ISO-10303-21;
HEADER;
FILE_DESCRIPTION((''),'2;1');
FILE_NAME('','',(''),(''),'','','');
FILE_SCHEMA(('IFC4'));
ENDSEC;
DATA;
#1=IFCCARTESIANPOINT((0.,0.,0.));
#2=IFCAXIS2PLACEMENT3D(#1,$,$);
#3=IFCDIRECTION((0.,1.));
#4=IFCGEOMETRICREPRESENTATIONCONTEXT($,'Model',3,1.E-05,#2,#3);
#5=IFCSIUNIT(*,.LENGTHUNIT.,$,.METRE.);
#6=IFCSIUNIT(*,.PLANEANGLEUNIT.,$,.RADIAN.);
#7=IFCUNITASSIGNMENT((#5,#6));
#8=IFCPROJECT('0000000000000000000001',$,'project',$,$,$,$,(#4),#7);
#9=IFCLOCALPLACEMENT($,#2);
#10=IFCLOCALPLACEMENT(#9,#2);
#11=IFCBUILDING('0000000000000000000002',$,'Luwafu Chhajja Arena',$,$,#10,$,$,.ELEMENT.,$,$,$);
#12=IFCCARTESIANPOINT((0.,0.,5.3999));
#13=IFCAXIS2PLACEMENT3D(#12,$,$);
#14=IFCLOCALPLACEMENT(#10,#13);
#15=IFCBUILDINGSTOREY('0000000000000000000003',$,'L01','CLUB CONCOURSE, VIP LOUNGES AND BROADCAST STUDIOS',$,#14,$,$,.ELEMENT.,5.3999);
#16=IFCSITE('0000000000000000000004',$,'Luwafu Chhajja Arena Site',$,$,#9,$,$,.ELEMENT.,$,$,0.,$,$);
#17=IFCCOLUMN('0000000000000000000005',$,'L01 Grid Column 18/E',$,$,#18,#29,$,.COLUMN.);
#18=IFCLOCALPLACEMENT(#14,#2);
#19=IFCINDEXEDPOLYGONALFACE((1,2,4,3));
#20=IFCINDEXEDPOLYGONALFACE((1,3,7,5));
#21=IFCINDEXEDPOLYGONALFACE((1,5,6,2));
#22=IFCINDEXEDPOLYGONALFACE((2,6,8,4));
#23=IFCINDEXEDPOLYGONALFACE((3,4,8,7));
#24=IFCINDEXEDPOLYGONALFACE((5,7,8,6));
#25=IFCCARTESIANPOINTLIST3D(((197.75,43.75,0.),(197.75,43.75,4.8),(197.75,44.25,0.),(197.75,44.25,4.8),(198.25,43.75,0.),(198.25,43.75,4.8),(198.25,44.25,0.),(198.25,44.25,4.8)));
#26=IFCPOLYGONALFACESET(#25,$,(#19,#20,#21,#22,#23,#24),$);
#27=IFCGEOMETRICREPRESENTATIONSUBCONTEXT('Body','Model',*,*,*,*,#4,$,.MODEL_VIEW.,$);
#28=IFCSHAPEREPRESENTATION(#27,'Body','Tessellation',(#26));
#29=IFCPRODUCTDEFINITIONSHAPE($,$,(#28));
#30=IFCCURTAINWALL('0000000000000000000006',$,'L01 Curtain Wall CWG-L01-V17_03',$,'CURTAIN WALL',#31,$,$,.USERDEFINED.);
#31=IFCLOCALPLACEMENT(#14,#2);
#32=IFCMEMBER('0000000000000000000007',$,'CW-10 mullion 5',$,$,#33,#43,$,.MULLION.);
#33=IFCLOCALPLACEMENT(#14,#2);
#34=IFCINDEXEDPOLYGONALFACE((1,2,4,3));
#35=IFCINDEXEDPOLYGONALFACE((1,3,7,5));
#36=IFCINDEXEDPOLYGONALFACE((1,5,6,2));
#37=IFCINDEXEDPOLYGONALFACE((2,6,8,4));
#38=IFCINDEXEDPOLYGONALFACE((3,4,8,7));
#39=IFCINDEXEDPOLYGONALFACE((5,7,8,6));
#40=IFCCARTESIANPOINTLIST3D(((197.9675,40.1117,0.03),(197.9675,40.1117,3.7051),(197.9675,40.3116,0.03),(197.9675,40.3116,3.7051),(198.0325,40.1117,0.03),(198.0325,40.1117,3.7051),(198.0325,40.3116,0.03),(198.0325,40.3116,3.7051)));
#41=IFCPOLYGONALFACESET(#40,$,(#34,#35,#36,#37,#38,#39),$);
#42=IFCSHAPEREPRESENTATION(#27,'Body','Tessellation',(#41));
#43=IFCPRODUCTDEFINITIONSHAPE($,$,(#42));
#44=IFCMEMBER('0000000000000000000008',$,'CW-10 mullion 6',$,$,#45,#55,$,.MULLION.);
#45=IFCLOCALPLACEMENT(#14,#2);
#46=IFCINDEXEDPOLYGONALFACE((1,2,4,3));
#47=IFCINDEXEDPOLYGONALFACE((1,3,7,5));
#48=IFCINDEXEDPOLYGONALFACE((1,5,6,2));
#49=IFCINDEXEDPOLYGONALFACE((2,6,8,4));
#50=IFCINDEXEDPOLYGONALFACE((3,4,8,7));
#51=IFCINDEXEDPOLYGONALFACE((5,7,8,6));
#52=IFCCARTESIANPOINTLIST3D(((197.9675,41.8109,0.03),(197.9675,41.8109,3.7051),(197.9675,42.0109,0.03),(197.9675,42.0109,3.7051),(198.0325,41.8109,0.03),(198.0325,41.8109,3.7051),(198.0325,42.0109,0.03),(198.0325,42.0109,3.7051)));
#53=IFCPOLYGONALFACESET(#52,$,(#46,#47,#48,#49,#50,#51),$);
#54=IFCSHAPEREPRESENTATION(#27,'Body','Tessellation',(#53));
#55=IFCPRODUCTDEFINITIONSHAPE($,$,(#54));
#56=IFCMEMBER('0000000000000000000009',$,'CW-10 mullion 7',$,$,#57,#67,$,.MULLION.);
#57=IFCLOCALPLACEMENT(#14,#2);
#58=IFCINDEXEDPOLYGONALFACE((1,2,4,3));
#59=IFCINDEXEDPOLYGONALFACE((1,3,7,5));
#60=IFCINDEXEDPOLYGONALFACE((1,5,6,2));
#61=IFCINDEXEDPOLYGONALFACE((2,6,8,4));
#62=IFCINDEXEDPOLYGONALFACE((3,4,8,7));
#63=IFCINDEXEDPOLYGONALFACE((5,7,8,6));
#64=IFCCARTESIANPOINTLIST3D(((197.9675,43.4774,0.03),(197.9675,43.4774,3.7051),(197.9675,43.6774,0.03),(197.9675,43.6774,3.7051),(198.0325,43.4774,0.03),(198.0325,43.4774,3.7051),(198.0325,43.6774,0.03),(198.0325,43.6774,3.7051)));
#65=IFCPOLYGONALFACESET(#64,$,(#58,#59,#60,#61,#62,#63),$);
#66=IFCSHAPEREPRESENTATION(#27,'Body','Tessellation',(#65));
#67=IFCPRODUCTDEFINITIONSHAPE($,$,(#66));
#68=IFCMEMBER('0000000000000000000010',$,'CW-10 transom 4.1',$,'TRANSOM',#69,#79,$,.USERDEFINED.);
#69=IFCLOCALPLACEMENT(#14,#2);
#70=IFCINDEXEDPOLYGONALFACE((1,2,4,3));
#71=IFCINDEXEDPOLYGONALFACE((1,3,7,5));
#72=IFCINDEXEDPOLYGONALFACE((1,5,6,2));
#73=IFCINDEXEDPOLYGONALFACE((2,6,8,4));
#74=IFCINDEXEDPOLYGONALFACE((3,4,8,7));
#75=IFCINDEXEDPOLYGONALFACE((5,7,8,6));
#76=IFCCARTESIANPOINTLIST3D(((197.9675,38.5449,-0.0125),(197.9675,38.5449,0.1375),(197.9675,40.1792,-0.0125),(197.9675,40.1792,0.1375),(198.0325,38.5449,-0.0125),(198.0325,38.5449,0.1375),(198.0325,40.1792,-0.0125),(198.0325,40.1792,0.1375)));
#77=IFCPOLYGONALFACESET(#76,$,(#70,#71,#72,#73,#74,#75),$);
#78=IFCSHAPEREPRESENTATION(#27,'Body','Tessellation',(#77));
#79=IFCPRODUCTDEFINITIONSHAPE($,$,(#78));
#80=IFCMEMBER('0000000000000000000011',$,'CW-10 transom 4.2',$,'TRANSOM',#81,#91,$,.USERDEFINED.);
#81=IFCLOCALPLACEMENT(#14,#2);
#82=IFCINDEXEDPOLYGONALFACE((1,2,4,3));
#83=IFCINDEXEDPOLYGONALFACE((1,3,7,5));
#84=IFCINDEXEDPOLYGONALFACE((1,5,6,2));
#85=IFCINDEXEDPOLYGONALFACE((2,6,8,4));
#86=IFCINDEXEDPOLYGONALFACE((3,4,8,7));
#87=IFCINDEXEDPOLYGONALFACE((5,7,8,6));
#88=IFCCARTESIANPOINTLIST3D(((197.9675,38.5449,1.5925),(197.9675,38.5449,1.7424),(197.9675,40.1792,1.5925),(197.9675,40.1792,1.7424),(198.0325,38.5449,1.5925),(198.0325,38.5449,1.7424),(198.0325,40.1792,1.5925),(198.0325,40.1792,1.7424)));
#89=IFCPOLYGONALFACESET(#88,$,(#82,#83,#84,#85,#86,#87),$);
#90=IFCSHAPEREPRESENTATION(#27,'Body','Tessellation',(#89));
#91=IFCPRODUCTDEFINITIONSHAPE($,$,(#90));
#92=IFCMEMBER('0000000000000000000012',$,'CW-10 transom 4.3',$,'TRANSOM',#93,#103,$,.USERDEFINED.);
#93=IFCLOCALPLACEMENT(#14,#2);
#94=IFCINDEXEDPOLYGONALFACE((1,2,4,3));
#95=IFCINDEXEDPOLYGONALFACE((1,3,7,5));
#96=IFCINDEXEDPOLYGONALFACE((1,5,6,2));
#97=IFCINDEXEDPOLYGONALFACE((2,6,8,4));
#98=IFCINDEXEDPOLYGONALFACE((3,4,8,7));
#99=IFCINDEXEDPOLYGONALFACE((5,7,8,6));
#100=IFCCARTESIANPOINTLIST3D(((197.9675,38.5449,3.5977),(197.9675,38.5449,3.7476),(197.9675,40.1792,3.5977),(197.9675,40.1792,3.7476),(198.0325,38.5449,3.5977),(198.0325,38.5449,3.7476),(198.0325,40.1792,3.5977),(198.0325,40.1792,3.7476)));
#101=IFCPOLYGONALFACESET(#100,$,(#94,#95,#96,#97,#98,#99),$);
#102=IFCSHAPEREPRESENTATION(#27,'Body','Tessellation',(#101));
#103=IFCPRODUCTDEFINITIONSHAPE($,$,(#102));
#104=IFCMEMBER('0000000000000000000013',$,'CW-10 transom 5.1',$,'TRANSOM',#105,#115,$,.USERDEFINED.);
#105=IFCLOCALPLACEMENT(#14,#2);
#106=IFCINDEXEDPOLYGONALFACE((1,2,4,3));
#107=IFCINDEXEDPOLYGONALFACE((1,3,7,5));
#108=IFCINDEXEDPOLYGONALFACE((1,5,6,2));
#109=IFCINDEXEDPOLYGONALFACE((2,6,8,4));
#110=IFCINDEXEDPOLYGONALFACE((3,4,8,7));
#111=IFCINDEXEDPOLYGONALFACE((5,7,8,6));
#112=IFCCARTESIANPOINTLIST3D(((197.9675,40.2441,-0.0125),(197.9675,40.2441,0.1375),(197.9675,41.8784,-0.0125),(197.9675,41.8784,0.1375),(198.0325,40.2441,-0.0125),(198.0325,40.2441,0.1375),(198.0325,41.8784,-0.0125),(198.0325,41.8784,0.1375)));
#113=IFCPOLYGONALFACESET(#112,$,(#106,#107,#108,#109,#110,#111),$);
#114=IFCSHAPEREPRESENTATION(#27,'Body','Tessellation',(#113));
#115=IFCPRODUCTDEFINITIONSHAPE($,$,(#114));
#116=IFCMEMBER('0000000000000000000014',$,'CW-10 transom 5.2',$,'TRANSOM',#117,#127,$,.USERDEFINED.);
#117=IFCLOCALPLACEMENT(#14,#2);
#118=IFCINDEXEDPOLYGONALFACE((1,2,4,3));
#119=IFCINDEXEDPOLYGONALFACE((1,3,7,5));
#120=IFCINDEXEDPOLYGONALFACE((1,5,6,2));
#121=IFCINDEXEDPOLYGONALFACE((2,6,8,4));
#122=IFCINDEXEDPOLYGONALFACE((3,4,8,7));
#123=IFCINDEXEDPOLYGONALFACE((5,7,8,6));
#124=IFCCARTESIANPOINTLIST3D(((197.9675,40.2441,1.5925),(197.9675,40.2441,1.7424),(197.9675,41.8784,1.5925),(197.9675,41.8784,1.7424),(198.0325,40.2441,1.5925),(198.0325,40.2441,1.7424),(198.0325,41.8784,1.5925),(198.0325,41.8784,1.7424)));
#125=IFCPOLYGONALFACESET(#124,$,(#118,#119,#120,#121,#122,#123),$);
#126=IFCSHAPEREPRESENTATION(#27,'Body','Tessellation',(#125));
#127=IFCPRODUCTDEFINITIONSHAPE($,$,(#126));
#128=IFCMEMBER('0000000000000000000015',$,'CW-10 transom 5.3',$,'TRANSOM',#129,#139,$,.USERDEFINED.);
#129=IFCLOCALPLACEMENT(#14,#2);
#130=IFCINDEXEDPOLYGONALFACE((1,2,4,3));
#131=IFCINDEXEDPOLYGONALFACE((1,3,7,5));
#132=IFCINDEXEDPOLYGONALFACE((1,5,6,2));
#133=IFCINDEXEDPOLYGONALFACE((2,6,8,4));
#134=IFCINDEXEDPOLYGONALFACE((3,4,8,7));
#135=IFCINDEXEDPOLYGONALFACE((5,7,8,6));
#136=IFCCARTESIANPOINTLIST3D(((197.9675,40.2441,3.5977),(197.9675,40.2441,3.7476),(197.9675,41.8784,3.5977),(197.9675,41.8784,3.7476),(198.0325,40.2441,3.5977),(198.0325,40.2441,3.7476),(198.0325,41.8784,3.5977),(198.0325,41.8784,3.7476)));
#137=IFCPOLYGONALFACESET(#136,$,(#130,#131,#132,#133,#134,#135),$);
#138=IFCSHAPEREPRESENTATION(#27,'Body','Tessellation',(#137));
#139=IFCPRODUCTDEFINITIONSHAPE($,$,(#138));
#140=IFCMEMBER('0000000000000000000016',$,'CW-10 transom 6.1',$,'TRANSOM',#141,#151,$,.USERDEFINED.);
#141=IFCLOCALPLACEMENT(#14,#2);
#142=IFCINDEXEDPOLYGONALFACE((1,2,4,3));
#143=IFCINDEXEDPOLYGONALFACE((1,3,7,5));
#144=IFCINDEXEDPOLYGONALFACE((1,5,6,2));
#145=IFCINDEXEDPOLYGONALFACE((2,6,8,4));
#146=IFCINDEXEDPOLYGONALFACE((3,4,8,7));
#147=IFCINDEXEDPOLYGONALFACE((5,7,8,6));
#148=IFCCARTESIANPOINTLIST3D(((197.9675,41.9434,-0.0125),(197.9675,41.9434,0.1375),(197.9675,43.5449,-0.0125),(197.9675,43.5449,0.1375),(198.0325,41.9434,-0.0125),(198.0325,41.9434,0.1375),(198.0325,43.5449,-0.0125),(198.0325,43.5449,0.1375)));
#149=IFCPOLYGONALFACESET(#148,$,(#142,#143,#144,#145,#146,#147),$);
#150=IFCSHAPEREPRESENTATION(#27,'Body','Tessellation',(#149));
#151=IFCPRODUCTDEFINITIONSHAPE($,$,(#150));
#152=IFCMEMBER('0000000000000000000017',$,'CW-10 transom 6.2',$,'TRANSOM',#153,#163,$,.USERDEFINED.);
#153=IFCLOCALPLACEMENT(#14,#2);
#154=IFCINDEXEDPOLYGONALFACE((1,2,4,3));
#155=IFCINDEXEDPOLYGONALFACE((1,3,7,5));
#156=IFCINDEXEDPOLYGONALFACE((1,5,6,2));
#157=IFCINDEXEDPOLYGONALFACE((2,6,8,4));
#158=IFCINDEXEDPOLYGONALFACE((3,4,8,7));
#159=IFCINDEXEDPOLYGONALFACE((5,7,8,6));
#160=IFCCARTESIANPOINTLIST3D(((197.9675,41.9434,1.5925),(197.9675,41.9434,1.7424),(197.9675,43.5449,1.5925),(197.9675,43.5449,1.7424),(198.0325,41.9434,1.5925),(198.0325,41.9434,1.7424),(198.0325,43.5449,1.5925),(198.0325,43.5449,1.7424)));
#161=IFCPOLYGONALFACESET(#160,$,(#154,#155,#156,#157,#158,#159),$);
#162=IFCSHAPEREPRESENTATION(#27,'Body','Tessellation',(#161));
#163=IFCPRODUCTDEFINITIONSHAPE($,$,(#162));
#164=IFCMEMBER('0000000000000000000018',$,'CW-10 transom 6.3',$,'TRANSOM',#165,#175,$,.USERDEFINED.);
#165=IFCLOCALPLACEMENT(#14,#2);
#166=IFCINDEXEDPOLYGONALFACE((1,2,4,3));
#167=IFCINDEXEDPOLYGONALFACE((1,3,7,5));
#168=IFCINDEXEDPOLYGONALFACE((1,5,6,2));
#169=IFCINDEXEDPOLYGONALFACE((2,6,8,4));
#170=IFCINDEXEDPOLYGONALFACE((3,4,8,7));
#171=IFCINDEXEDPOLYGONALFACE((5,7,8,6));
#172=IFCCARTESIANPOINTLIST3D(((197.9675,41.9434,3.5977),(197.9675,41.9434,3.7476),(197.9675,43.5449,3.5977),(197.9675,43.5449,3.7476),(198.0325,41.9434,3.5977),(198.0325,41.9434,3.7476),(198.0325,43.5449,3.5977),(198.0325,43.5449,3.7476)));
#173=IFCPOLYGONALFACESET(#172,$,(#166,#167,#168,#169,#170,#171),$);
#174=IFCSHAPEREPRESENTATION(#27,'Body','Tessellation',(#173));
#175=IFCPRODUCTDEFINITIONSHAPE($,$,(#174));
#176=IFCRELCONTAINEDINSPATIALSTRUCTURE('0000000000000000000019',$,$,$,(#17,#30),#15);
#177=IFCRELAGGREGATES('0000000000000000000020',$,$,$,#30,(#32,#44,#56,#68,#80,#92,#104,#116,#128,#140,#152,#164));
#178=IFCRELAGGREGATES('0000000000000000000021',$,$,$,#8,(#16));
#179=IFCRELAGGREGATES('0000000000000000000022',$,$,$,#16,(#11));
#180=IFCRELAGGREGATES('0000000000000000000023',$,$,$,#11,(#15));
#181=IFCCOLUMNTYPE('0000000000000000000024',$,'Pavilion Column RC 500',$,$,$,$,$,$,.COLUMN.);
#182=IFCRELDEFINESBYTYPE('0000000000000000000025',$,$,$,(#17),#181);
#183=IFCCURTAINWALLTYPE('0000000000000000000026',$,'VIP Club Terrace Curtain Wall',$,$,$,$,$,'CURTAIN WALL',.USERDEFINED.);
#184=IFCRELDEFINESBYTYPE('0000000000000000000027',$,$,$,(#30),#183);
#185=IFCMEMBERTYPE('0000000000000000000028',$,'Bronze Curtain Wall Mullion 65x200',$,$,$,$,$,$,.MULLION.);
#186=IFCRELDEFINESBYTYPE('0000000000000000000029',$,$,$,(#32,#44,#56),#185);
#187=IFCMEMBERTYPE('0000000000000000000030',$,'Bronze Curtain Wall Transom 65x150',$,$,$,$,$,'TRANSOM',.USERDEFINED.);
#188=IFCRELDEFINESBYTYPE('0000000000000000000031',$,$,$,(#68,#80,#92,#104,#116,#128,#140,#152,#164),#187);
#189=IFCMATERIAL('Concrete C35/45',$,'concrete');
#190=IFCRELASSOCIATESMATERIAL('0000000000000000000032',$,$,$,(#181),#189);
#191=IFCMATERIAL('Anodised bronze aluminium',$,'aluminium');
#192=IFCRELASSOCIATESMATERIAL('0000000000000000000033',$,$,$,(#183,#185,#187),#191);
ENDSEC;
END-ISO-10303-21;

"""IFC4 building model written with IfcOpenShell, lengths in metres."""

from ifc_helpers import new_model, si_unit, direction, frame, origin, origin_2d, place, context, subcontext, project, spatial, rectangle, extrude, material, material_profile, profile_set, type_object, element, aggregate, save


model = new_model("IFC4")

# Units and contexts
model_context = context("Model", 3, precision=1e-05, world=origin(), true_north=direction((0.0, 1.0)))
body_context = subcontext(model_context, "Body", "Model", "MODEL_VIEW")
ifc_project = project(units=[si_unit("LENGTHUNIT", "METRE"), si_unit("PLANEANGLEUNIT", "RADIAN")], contexts=[model_context])

# Site, building, storey
site_placement = place(None, origin())
site = spatial("IfcSite", under=ifc_project, at=site_placement, Name="Luwafu Chhajja Arena Site", CompositionType="ELEMENT", RefElevation=0.0)
building_placement = place(site_placement, origin())
building = spatial("IfcBuilding", under=site, at=building_placement, Name="Luwafu Chhajja Arena", CompositionType="ELEMENT")
storey_placement = place(building_placement, frame((0.0, 0.0, 5.3999)))
storey = spatial("IfcBuildingStorey", under=building, at=storey_placement, Name="L01", Description="CLUB CONCOURSE, VIP LOUNGES AND BROADCAST STUDIOS", CompositionType="ELEMENT", Elevation=5.3999)

# Column
ifc_material_1 = material(Name="Concrete C35/45", Category="concrete")
ifc_material_profile_1 = material_profile(ifc_material_1, rectangle(XDim=0.5, YDim=0.5, at=origin_2d()), Name="RC 500x500")
ifc_profile_set_1 = profile_set([ifc_material_profile_1], Name="Concrete C35/45")
column_type = type_object("IfcColumnType", Name="Pavilion Column RC 500", PredefinedType="COLUMN", material=ifc_profile_set_1)
column_placement = place(storey_placement, frame((198.0, 44.0, 0.0), z_axis=(0.0, 0.0, 1.0), x_axis=(1.0, 0.0, 0.0)))
element("IfcColumn", 1, at=column_placement, inside=storey, type_object=column_type, Name="L01 Grid Column 18/E", PredefinedType="COLUMN", context=body_context, shape_type="SweptSolid", body=[
    extrude(rectangle(XDim=0.5, YDim=0.5, at=origin_2d()), origin(), (0.0, 0.0, 1.0), 4.8),
])

# Curtain wall, members
ifc_material_2 = material(Name="Anodised bronze aluminium", Category="aluminium")
curtain_wall_type = type_object("IfcCurtainWallType", Name="VIP Club Terrace Curtain Wall", ElementType="CURTAIN WALL", PredefinedType="USERDEFINED", material=ifc_material_2)
curtain_wall_placement = place(storey_placement, origin())
curtain_wall = element("IfcCurtainWall", 2, at=curtain_wall_placement, inside=storey, type_object=curtain_wall_type, Name="L01 Curtain Wall CWG-L01-V17_03", ObjectType="CURTAIN WALL", PredefinedType="USERDEFINED")
ifc_material_profile_2 = material_profile(ifc_material_2, rectangle(XDim=0.0649, YDim=0.2, at=origin_2d()), Name="CWM 65x200")
ifc_profile_set_2 = profile_set([ifc_material_profile_2], Name="Anodised bronze aluminium")
member_type_1 = type_object("IfcMemberType", Name="Bronze Curtain Wall Mullion 65x200", PredefinedType="MULLION", material=ifc_profile_set_2)
member_1_placement = place(storey_placement, frame((198.0, 40.2117, 0.03), z_axis=(0.0, 0.0, 1.0), x_axis=(-1.0, 0.0, 0.0)))
member_1 = element("IfcMember", 3, at=member_1_placement, type_object=member_type_1, Name="CW-10 mullion 5", PredefinedType="MULLION", context=body_context, shape_type="SweptSolid", body=[
    extrude(rectangle(XDim=0.0649, YDim=0.2, at=origin_2d()), origin(), (0.0, 0.0, 1.0), 3.675),
])
member_2_placement = place(storey_placement, frame((198.0, 41.9109, 0.03), z_axis=(0.0, 0.0, 1.0), x_axis=(-1.0, 0.0, 0.0)))
member_2 = element("IfcMember", 4, at=member_2_placement, type_object=member_type_1, Name="CW-10 mullion 6", PredefinedType="MULLION", context=body_context, shape_type="SweptSolid", body=[
    extrude(rectangle(XDim=0.0649, YDim=0.2, at=origin_2d()), origin(), (0.0, 0.0, 1.0), 3.675),
])
member_3_placement = place(storey_placement, frame((198.0, 43.5774, 0.03), z_axis=(0.0, 0.0, 1.0), x_axis=(-1.0, 0.0, 0.0)))
member_3 = element("IfcMember", 5, at=member_3_placement, type_object=member_type_1, Name="CW-10 mullion 7", PredefinedType="MULLION", context=body_context, shape_type="SweptSolid", body=[
    extrude(rectangle(XDim=0.0649, YDim=0.2, at=origin_2d()), origin(), (0.0, 0.0, 1.0), 3.675),
])
ifc_material_profile_3 = material_profile(ifc_material_2, rectangle(XDim=0.0649, YDim=0.1499, at=origin_2d()), Name="CWT 65x150")
ifc_profile_set_3 = profile_set([ifc_material_profile_3], Name="Anodised bronze aluminium")
member_type_2 = type_object("IfcMemberType", Name="Bronze Curtain Wall Transom 65x150", ElementType="TRANSOM", PredefinedType="USERDEFINED", material=ifc_profile_set_3)
member_4_placement = place(storey_placement, frame((198.0, 38.5449, 0.0625), z_axis=(0.0, 1.0, 0.0), x_axis=(-1.0, 0.0, 0.0)))
member_4 = element("IfcMember", 6, at=member_4_placement, type_object=member_type_2, Name="CW-10 transom 4.1", ObjectType="TRANSOM", PredefinedType="USERDEFINED", context=body_context, shape_type="SweptSolid", body=[
    extrude(rectangle(XDim=0.0649, YDim=0.1499, at=origin_2d()), origin(), (0.0, 0.0, 1.0), 1.6343),
])
member_5_placement = place(storey_placement, frame((198.0, 38.5449, 1.6675), z_axis=(0.0, 1.0, 0.0), x_axis=(-1.0, 0.0, 0.0)))
member_5 = element("IfcMember", 7, at=member_5_placement, type_object=member_type_2, Name="CW-10 transom 4.2", ObjectType="TRANSOM", PredefinedType="USERDEFINED", context=body_context, shape_type="SweptSolid", body=[
    extrude(rectangle(XDim=0.0649, YDim=0.1499, at=origin_2d()), origin(), (0.0, 0.0, 1.0), 1.6343),
])
member_6_placement = place(storey_placement, frame((198.0, 38.5449, 3.6726), z_axis=(0.0, 1.0, 0.0), x_axis=(-1.0, 0.0, 0.0)))
member_6 = element("IfcMember", 8, at=member_6_placement, type_object=member_type_2, Name="CW-10 transom 4.3", ObjectType="TRANSOM", PredefinedType="USERDEFINED", context=body_context, shape_type="SweptSolid", body=[
    extrude(rectangle(XDim=0.0649, YDim=0.1499, at=origin_2d()), origin(), (0.0, 0.0, 1.0), 1.6343),
])
member_7_placement = place(storey_placement, frame((198.0, 40.2441, 0.0625), z_axis=(0.0, 1.0, 0.0), x_axis=(-1.0, 0.0, 0.0)))
member_7 = element("IfcMember", 9, at=member_7_placement, type_object=member_type_2, Name="CW-10 transom 5.1", ObjectType="TRANSOM", PredefinedType="USERDEFINED", context=body_context, shape_type="SweptSolid", body=[
    extrude(rectangle(XDim=0.0649, YDim=0.1499, at=origin_2d()), origin(), (0.0, 0.0, 1.0), 1.6343),
])
member_8_placement = place(storey_placement, frame((198.0, 40.2441, 1.6675), z_axis=(0.0, 1.0, 0.0), x_axis=(-1.0, 0.0, 0.0)))
member_8 = element("IfcMember", 10, at=member_8_placement, type_object=member_type_2, Name="CW-10 transom 5.2", ObjectType="TRANSOM", PredefinedType="USERDEFINED", context=body_context, shape_type="SweptSolid", body=[
    extrude(rectangle(XDim=0.0649, YDim=0.1499, at=origin_2d()), origin(), (0.0, 0.0, 1.0), 1.6343),
])
member_9_placement = place(storey_placement, frame((198.0, 40.2441, 3.6726), z_axis=(0.0, 1.0, 0.0), x_axis=(-1.0, 0.0, 0.0)))
member_9 = element("IfcMember", 11, at=member_9_placement, type_object=member_type_2, Name="CW-10 transom 5.3", ObjectType="TRANSOM", PredefinedType="USERDEFINED", context=body_context, shape_type="SweptSolid", body=[
    extrude(rectangle(XDim=0.0649, YDim=0.1499, at=origin_2d()), origin(), (0.0, 0.0, 1.0), 1.6343),
])
member_10_placement = place(storey_placement, frame((198.0, 41.9434, 0.0625), z_axis=(0.0, 1.0, 0.0), x_axis=(-1.0, 0.0, 0.0)))
member_10 = element("IfcMember", 12, at=member_10_placement, type_object=member_type_2, Name="CW-10 transom 6.1", ObjectType="TRANSOM", PredefinedType="USERDEFINED", context=body_context, shape_type="SweptSolid", body=[
    extrude(rectangle(XDim=0.0649, YDim=0.1499, at=origin_2d()), origin(), (0.0, 0.0, 1.0), 1.6016),
])
member_11_placement = place(storey_placement, frame((198.0, 41.9434, 1.6675), z_axis=(0.0, 1.0, 0.0), x_axis=(-1.0, 0.0, 0.0)))
member_11 = element("IfcMember", 13, at=member_11_placement, type_object=member_type_2, Name="CW-10 transom 6.2", ObjectType="TRANSOM", PredefinedType="USERDEFINED", context=body_context, shape_type="SweptSolid", body=[
    extrude(rectangle(XDim=0.0649, YDim=0.1499, at=origin_2d()), origin(), (0.0, 0.0, 1.0), 1.6016),
])
member_12_placement = place(storey_placement, frame((198.0, 41.9434, 3.6726), z_axis=(0.0, 1.0, 0.0), x_axis=(-1.0, 0.0, 0.0)))
member_12 = element("IfcMember", 14, at=member_12_placement, type_object=member_type_2, Name="CW-10 transom 6.3", ObjectType="TRANSOM", PredefinedType="USERDEFINED", context=body_context, shape_type="SweptSolid", body=[
    extrude(rectangle(XDim=0.0649, YDim=0.1499, at=origin_2d()), origin(), (0.0, 0.0, 1.0), 1.6016),
])

aggregate(curtain_wall, [member_1, member_2, member_3, member_4, member_5, member_6, member_7, member_8, member_9, member_10, member_11, member_12])

save(model, "model.ifc")
